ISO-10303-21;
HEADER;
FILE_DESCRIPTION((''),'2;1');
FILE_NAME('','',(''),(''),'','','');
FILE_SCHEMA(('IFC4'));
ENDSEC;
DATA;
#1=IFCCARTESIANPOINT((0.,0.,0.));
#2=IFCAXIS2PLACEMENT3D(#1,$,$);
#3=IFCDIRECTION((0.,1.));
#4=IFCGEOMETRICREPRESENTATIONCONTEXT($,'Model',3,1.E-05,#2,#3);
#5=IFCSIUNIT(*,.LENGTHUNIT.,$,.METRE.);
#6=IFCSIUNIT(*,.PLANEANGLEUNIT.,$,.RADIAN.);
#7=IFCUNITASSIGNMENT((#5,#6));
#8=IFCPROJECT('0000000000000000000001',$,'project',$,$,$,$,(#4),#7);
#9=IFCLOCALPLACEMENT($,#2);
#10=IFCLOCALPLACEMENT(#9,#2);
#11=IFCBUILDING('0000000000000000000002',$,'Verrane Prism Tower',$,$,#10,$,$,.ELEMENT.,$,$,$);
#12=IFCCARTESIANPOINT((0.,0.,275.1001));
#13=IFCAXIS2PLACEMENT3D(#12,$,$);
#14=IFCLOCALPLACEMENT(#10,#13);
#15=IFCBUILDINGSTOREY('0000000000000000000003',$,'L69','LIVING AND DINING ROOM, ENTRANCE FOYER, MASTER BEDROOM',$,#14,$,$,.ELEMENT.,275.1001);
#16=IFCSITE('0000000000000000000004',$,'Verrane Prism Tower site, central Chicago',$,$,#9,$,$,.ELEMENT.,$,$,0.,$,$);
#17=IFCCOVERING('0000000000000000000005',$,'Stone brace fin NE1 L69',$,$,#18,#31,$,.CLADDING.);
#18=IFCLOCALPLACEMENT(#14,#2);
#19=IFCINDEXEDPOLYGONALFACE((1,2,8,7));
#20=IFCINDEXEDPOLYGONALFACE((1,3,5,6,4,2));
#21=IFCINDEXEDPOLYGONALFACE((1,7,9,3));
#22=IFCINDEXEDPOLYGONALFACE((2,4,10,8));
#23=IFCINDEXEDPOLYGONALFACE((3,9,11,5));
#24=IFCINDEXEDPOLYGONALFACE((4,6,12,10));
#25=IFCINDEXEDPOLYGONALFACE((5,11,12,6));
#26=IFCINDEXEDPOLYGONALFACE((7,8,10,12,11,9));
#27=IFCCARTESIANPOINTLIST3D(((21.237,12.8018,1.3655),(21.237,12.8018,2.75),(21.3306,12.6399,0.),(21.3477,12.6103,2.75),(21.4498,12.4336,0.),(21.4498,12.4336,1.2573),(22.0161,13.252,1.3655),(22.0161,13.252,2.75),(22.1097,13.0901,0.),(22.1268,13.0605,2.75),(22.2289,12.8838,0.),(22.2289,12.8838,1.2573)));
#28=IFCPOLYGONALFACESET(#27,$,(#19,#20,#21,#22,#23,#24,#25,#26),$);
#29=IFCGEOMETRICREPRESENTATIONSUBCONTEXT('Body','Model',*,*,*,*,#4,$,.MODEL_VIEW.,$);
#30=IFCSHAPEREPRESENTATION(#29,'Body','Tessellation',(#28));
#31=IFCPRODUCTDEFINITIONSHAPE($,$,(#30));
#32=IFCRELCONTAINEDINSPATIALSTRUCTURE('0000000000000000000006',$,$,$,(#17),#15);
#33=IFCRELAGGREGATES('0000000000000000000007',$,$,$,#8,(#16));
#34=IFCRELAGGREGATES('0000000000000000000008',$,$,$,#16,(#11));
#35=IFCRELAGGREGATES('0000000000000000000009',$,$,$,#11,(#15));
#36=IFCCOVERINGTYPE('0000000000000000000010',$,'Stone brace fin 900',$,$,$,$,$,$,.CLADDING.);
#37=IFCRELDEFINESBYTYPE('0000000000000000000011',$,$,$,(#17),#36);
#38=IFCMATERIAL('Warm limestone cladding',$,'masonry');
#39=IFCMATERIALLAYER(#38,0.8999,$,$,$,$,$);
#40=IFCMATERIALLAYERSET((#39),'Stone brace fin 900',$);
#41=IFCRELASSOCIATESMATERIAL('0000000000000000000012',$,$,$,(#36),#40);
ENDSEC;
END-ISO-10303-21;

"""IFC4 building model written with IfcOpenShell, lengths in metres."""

from ifc_helpers import new_model, si_unit, direction, frame, origin, place, context, subcontext, project, spatial, polyline, outline, extrude, material, layer, layer_set, type_object, element, save


model = new_model("IFC4")

# Units and contexts
model_context = context("Model", 3, precision=1e-05, world=origin(), true_north=direction((0.0, 1.0)))
body_context = subcontext(model_context, "Body", "Model", "MODEL_VIEW")
ifc_project = project(units=[si_unit("LENGTHUNIT", "METRE"), si_unit("PLANEANGLEUNIT", "RADIAN")], contexts=[model_context])

# Site, building, storey
site_placement = place(None, origin())
site = spatial("IfcSite", under=ifc_project, at=site_placement, Name="Verrane Prism Tower site, central Chicago", CompositionType="ELEMENT", RefElevation=0.0)
building_placement = place(site_placement, origin())
building = spatial("IfcBuilding", under=site, at=building_placement, Name="Verrane Prism Tower", CompositionType="ELEMENT")
storey_placement = place(building_placement, frame((0.0, 0.0, 275.1001)))
storey = spatial("IfcBuildingStorey", under=building, at=storey_placement, Name="L69", Description="LIVING AND DINING ROOM, ENTRANCE FOYER, MASTER BEDROOM", CompositionType="ELEMENT", Elevation=275.1001)

# Covering
ifc_material_1 = material(Name="Warm limestone cladding", Category="masonry")
ifc_layer_1 = layer(ifc_material_1, 0.8999)
ifc_layer_set_1 = layer_set([ifc_layer_1], Name="Stone brace fin 900")
covering_type = type_object("IfcCoveringType", Name="Stone brace fin 900", PredefinedType="CLADDING", material=ifc_layer_set_1)
covering_placement = place(storey_placement, frame((21.8394, 12.6587, 0.0), z_axis=(0.0, 0.0, 1.0), x_axis=(-0.500335, 0.865832, 0.0)))
element("IfcCovering", 1, at=covering_placement, inside=storey, type_object=covering_type, Name="Stone brace fin NE1 L69", PredefinedType="CLADDING", context=body_context, shape_type="SweptSolid", body=[
    extrude(outline(polyline([(0.4253, 2.75), (0.2041, 2.75), (0.0, 1.2573), (0.0, 0.0), (0.2383, 0.0), (0.4253, 1.3655), (0.4253, 2.75)])), frame((0.0, 0.45, 0.0), z_axis=(0.0, -1.0, 0.0), x_axis=(1.0, 0.0, 0.0)), (0.0, 0.0, 1.0), 0.8999),
])

save(model, "model.ifc")
